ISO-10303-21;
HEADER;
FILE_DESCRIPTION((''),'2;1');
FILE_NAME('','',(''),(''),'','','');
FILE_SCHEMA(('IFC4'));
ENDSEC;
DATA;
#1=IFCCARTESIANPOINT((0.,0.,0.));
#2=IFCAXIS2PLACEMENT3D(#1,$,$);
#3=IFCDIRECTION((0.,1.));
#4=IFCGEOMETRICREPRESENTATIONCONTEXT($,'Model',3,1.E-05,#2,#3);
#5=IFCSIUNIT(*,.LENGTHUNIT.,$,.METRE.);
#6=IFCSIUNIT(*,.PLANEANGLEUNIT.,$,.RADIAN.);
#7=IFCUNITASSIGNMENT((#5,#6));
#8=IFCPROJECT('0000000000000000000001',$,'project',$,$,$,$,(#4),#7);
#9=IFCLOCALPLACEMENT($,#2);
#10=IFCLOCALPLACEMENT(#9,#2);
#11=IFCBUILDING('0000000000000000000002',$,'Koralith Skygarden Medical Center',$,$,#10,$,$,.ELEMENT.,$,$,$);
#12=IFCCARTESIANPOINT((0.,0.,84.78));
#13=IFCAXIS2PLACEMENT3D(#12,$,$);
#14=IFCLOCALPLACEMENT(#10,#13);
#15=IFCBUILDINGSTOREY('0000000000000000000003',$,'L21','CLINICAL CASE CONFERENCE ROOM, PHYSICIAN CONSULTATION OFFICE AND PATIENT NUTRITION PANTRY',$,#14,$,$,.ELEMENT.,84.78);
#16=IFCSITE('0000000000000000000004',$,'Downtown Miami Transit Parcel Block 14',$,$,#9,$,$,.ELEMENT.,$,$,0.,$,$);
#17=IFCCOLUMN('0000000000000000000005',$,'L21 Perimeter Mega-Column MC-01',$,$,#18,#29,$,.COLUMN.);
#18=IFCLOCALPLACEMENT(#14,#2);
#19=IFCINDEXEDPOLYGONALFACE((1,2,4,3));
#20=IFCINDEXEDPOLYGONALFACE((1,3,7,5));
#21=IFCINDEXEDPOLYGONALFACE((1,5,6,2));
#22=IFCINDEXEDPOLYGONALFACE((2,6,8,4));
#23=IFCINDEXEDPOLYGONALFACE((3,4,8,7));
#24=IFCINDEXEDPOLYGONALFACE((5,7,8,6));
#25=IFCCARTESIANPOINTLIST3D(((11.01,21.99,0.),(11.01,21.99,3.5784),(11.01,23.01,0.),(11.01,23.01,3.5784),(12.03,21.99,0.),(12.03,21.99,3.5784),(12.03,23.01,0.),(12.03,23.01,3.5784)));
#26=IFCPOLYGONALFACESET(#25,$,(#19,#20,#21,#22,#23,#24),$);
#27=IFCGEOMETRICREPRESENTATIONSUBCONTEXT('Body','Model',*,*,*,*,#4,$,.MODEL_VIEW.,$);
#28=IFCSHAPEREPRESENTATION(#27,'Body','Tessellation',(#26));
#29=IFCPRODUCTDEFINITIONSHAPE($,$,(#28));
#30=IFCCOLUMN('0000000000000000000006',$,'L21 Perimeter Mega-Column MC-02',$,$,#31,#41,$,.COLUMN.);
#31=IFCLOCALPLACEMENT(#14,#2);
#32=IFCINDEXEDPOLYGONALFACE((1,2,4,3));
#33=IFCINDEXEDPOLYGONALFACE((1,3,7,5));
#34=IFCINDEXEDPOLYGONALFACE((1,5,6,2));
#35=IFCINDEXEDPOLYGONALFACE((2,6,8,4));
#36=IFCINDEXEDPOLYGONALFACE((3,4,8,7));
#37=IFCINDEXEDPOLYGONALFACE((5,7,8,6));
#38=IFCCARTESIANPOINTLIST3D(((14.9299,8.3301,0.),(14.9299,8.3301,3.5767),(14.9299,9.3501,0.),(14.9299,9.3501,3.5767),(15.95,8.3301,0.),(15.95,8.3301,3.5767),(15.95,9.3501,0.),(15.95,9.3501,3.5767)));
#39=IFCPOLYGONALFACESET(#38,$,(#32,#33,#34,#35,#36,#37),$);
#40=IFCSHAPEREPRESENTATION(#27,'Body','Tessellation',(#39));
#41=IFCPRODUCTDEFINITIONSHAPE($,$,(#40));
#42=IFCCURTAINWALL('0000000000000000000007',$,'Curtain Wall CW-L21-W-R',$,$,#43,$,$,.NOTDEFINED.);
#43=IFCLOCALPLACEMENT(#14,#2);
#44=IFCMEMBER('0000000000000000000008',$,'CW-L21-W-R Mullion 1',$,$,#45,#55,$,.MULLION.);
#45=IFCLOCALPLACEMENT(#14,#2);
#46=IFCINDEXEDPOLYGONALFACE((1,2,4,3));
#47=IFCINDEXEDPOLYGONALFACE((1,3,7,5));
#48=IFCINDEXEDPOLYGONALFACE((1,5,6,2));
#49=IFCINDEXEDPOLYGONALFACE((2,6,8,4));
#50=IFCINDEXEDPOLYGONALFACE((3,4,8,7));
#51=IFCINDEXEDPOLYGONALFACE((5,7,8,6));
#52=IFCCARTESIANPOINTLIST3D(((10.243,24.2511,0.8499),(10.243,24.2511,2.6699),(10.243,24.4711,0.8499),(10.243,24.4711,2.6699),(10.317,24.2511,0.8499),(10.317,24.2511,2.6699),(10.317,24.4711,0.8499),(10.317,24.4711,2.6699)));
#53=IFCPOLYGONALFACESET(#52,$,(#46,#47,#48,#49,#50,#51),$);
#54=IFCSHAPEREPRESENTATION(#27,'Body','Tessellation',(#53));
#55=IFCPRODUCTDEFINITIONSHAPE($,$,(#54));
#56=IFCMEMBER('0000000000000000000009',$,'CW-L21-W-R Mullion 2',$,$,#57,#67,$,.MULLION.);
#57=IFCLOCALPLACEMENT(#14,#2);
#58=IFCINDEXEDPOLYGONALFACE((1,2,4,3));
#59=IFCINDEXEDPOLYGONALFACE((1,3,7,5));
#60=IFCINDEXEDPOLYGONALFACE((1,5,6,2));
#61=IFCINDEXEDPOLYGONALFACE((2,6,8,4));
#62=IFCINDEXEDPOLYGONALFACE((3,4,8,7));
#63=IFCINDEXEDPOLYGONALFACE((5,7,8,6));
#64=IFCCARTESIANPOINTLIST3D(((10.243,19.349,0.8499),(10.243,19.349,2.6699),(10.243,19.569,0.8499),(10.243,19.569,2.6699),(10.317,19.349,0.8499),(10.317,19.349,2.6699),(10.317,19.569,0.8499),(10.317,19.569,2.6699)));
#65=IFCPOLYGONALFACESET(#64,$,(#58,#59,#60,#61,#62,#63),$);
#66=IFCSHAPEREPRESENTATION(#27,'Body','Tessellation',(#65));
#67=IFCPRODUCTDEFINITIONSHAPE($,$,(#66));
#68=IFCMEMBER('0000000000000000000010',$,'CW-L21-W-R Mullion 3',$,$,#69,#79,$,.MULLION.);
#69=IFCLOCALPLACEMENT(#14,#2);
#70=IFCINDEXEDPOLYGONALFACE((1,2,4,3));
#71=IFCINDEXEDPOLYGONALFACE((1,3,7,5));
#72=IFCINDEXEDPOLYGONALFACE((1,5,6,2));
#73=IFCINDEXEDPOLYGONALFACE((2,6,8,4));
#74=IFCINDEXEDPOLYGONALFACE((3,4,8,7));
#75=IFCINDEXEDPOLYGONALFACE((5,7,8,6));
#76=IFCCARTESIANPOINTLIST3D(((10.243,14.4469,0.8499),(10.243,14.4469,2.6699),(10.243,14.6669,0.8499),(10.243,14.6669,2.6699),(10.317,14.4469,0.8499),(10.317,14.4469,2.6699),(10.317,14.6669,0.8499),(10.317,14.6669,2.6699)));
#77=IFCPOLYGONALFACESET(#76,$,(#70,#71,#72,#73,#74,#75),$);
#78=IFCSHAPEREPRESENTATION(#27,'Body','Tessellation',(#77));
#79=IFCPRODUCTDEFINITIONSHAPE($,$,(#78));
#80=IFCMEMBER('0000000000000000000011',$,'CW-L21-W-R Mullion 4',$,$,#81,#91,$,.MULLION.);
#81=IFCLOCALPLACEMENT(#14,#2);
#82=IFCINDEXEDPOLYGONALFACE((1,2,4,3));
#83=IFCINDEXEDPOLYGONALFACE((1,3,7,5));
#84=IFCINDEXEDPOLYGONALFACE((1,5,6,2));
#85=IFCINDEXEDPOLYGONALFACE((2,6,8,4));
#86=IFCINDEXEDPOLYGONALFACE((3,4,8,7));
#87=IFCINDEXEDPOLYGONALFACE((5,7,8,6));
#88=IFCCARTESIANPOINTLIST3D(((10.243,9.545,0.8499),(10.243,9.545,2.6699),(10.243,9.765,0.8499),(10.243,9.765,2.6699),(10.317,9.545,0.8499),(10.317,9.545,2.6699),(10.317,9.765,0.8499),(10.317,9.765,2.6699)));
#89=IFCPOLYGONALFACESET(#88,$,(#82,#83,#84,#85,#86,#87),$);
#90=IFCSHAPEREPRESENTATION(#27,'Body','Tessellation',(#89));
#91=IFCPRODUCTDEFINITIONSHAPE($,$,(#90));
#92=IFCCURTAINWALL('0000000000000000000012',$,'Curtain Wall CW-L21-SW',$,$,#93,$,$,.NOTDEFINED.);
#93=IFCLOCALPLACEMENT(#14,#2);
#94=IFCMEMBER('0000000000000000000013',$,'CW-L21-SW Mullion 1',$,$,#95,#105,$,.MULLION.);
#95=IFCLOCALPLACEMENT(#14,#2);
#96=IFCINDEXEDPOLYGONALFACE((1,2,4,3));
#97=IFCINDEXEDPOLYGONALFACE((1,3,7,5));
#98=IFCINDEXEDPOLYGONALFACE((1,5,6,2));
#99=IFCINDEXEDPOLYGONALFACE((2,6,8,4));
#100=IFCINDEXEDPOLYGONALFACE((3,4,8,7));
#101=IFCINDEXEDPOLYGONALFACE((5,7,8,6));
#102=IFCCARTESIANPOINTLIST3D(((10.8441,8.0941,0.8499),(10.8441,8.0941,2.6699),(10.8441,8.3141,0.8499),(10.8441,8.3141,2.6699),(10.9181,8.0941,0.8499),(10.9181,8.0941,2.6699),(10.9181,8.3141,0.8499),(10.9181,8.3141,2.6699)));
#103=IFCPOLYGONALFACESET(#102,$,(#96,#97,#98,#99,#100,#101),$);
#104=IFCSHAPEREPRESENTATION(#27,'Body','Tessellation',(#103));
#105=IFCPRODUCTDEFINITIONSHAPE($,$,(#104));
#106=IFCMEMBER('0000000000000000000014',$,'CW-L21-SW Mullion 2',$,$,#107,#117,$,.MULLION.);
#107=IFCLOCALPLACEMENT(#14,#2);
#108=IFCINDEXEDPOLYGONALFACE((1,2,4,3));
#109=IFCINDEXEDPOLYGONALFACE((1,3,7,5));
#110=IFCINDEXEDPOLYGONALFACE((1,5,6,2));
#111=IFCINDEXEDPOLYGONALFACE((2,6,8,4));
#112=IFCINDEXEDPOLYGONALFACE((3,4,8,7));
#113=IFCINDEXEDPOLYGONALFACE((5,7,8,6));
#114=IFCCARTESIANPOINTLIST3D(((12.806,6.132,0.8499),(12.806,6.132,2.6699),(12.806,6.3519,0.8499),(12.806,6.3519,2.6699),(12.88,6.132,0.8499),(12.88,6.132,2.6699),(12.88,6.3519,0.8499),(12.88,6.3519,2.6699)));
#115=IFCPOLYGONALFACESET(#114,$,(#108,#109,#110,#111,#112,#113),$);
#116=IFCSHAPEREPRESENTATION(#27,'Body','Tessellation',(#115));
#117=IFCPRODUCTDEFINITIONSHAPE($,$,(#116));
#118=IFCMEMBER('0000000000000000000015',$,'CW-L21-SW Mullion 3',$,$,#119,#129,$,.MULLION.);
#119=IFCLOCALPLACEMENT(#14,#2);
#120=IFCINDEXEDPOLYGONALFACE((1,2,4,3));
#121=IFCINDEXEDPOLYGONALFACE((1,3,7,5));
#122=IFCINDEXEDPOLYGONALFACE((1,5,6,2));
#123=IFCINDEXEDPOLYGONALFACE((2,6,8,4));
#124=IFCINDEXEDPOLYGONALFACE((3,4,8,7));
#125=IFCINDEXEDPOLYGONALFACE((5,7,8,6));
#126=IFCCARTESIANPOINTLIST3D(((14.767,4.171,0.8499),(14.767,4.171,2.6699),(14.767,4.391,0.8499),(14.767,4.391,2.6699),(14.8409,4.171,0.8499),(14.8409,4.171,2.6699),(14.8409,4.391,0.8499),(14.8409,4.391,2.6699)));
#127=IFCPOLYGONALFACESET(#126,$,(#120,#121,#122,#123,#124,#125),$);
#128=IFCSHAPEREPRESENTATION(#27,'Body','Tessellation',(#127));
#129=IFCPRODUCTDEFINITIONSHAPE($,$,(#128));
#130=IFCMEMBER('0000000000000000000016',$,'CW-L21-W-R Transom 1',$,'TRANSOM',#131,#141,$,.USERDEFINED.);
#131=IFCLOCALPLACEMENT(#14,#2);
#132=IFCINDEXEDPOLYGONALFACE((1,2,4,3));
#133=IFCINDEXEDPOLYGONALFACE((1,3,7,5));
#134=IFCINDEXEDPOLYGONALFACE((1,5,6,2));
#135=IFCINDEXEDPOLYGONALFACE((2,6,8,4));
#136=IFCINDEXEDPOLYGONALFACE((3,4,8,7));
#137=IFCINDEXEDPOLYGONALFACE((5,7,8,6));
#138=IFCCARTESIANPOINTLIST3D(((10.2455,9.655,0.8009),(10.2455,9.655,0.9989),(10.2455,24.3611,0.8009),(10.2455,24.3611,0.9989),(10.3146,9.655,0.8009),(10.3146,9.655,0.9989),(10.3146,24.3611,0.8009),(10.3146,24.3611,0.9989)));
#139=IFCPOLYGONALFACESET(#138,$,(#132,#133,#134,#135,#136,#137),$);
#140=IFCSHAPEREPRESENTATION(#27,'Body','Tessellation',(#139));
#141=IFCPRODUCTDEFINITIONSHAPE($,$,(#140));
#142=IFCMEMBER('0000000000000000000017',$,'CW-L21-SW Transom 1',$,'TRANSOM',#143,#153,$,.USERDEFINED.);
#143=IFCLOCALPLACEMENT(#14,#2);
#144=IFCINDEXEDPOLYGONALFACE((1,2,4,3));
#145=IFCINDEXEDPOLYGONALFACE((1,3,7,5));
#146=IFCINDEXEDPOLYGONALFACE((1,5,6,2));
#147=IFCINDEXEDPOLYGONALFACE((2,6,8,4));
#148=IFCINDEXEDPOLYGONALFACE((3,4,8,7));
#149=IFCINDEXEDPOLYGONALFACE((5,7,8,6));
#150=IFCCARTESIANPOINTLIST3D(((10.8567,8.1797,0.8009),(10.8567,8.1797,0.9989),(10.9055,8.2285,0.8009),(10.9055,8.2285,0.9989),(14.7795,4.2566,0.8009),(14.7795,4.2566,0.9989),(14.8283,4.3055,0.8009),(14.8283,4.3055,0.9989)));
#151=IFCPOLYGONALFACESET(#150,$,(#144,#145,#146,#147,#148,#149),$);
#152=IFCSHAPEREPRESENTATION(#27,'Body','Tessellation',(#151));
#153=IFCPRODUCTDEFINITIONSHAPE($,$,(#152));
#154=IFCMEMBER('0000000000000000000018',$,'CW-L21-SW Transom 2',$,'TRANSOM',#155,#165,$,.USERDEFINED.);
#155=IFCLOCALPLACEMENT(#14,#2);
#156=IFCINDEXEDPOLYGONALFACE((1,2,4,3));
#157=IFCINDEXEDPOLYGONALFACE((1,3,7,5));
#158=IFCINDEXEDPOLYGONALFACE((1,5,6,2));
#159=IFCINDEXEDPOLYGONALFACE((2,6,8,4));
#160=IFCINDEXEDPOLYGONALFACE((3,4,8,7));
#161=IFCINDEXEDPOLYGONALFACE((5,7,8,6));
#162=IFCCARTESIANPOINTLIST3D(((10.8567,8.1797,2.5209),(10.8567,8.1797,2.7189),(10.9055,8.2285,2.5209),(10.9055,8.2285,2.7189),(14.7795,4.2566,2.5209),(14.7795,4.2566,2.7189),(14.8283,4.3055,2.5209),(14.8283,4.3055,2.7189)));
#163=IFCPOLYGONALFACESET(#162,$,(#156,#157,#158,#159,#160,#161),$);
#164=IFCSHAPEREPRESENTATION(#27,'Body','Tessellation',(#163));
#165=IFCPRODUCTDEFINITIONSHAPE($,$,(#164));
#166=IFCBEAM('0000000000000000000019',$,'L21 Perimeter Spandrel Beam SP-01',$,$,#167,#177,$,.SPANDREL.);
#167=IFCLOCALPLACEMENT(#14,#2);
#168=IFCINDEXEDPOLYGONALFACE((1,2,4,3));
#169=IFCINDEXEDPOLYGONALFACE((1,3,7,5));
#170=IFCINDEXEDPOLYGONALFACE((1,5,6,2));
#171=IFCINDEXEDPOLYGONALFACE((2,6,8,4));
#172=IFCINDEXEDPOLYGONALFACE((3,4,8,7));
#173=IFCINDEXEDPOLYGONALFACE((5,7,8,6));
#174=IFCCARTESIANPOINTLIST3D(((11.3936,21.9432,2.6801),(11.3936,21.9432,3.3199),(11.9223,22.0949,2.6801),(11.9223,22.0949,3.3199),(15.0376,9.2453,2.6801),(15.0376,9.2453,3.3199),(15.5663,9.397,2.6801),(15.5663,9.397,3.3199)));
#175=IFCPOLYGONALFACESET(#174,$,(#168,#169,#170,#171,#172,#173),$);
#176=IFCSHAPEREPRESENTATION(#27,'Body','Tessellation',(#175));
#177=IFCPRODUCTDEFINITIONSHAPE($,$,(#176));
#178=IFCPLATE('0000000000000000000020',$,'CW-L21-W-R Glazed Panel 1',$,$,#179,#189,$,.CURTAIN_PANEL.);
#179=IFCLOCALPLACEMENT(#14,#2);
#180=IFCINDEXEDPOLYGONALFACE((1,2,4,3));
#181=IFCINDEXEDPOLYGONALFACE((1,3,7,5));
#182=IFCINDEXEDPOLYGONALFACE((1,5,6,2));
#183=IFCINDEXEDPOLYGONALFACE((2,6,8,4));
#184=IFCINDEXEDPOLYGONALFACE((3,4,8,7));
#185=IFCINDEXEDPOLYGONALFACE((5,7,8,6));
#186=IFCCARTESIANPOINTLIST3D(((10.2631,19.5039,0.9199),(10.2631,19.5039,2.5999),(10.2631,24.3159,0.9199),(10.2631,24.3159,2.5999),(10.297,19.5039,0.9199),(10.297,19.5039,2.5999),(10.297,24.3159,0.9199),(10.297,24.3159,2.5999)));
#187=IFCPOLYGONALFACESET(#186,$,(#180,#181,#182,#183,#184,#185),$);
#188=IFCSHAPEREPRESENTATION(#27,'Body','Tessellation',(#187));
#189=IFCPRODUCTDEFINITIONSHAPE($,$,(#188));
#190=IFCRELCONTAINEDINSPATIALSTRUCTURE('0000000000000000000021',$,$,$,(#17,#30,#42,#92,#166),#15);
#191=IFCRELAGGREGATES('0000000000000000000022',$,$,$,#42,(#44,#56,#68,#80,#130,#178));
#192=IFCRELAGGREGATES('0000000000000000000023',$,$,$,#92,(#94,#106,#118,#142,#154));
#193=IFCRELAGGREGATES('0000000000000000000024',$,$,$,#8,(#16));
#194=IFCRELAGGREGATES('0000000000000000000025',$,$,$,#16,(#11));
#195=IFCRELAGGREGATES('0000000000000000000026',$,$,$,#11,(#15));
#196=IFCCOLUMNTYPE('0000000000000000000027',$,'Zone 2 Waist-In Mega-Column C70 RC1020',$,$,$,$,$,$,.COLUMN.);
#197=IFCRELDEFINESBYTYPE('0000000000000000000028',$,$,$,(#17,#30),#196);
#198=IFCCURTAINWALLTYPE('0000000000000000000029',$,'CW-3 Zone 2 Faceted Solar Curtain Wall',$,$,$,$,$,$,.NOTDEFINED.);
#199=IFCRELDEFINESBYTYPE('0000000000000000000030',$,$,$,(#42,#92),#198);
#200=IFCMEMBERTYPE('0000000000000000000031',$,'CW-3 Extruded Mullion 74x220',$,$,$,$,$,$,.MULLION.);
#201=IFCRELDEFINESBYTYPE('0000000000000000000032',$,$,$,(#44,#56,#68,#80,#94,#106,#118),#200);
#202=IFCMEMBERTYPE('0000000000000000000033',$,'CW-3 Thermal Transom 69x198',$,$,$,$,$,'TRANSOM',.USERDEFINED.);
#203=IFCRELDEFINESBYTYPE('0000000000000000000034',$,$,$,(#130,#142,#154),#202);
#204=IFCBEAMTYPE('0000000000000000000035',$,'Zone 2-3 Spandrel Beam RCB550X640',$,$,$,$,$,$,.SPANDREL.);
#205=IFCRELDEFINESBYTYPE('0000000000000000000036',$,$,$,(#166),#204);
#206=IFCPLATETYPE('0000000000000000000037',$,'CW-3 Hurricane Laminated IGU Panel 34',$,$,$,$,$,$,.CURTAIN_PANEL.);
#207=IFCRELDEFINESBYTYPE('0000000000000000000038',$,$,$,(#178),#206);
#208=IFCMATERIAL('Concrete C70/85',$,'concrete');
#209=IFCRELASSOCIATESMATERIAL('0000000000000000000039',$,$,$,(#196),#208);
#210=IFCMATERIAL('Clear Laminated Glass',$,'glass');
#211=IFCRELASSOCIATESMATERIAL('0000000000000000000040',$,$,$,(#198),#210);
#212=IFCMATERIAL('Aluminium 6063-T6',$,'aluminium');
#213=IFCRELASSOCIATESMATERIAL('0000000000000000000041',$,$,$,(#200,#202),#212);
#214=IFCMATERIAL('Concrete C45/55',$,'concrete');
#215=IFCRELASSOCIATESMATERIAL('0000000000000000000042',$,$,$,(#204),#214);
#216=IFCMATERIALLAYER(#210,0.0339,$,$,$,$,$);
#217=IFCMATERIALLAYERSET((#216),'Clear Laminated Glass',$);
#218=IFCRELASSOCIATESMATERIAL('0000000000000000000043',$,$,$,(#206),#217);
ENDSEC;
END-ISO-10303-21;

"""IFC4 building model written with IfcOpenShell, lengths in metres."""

from ifc_helpers import new_model, si_unit, direction, frame, origin, origin_2d, place, context, subcontext, project, spatial, rectangle, extrude, material, layer, layer_set, material_profile, profile_set, type_object, element, aggregate, save


model = new_model("IFC4")

# Units and contexts
model_context = context("Model", 3, precision=1e-05, world=origin(), true_north=direction((0.0, 1.0)))
body_context = subcontext(model_context, "Body", "Model", "MODEL_VIEW")
ifc_project = project(units=[si_unit("LENGTHUNIT", "METRE"), si_unit("PLANEANGLEUNIT", "RADIAN")], contexts=[model_context])

# Site, building, storey
site_placement = place(None, origin())
site = spatial("IfcSite", under=ifc_project, at=site_placement, Name="Downtown Miami Transit Parcel Block 14", CompositionType="ELEMENT", RefElevation=0.0)
building_placement = place(site_placement, origin())
building = spatial("IfcBuilding", under=site, at=building_placement, Name="Koralith Skygarden Medical Center", CompositionType="ELEMENT")
storey_placement = place(building_placement, frame((0.0, 0.0, 84.78)))
storey = spatial("IfcBuildingStorey", under=building, at=storey_placement, Name="L21", Description="CLINICAL CASE CONFERENCE ROOM, PHYSICIAN CONSULTATION OFFICE AND PATIENT NUTRITION PANTRY", CompositionType="ELEMENT", Elevation=84.78)

# Columns
ifc_material_1 = material(Name="Concrete C70/85", Category="concrete")
ifc_material_profile_1 = material_profile(ifc_material_1, rectangle(XDim=1.02, YDim=1.02, at=origin_2d()), Name="RC1020X1020")
ifc_profile_set_1 = profile_set([ifc_material_profile_1], Name="Concrete C70/85")
column_type = type_object("IfcColumnType", Name="Zone 2 Waist-In Mega-Column C70 RC1020", PredefinedType="COLUMN", material=ifc_profile_set_1)
column_1_placement = place(storey_placement, frame((11.52, 22.5, 0.0), z_axis=(0.0, 0.0, 1.0), x_axis=(1.0, 0.0, 0.0)))
element("IfcColumn", 1, at=column_1_placement, inside=storey, type_object=column_type, Name="L21 Perimeter Mega-Column MC-01", PredefinedType="COLUMN", context=body_context, shape_type="SweptSolid", body=[
    extrude(rectangle(XDim=1.02, YDim=1.02, at=origin_2d()), origin(), (0.0, 0.0, 1.0), 3.5784),
])
column_2_placement = place(storey_placement, frame((15.4399, 8.8401, 0.0), z_axis=(0.0, 0.0, 1.0), x_axis=(1.0, 0.0, 0.0)))
element("IfcColumn", 2, at=column_2_placement, inside=storey, type_object=column_type, Name="L21 Perimeter Mega-Column MC-02", PredefinedType="COLUMN", context=body_context, shape_type="SweptSolid", body=[
    extrude(rectangle(XDim=1.02, YDim=1.02, at=origin_2d()), origin(), (0.0, 0.0, 1.0), 3.5767),
])

# Curtain walls, members
ifc_material_2 = material(Name="Clear Laminated Glass", Category="glass")
curtain_wall_type = type_object("IfcCurtainWallType", Name="CW-3 Zone 2 Faceted Solar Curtain Wall", PredefinedType="NOTDEFINED", material=ifc_material_2)
curtain_wall_1_placement = place(storey_placement, origin())
curtain_wall_1 = element("IfcCurtainWall", 3, at=curtain_wall_1_placement, inside=storey, type_object=curtain_wall_type, Name="Curtain Wall CW-L21-W-R", PredefinedType="NOTDEFINED")
ifc_material_3 = material(Name="Aluminium 6063-T6", Category="aluminium")
ifc_material_profile_2 = material_profile(ifc_material_3, rectangle(XDim=0.074, YDim=0.22, at=origin_2d()), Name="MUL74X220")
ifc_profile_set_2 = profile_set([ifc_material_profile_2], Name="Aluminium 6063-T6")
member_type_1 = type_object("IfcMemberType", Name="CW-3 Extruded Mullion 74x220", PredefinedType="MULLION", material=ifc_profile_set_2)
member_1_placement = place(storey_placement, frame((10.28, 24.3611, 0.8499), z_axis=(0.0, 0.0, 1.0), x_axis=(1.0, 0.0, 0.0)))
member_1 = element("IfcMember", 4, at=member_1_placement, type_object=member_type_1, Name="CW-L21-W-R Mullion 1", PredefinedType="MULLION", context=body_context, shape_type="SweptSolid", body=[
    extrude(rectangle(XDim=0.074, YDim=0.22, at=origin_2d()), origin(), (0.0, 0.0, 1.0), 1.8201),
])
member_2_placement = place(storey_placement, frame((10.28, 19.459, 0.8499), z_axis=(0.0, 0.0, 1.0), x_axis=(1.0, 0.0, 0.0)))
member_2 = element("IfcMember", 5, at=member_2_placement, type_object=member_type_1, Name="CW-L21-W-R Mullion 2", PredefinedType="MULLION", context=body_context, shape_type="SweptSolid", body=[
    extrude(rectangle(XDim=0.074, YDim=0.22, at=origin_2d()), origin(), (0.0, 0.0, 1.0), 1.8201),
])
member_3_placement = place(storey_placement, frame((10.28, 14.5569, 0.8499), z_axis=(0.0, 0.0, 1.0), x_axis=(1.0, 0.0, 0.0)))
member_3 = element("IfcMember", 6, at=member_3_placement, type_object=member_type_1, Name="CW-L21-W-R Mullion 3", PredefinedType="MULLION", context=body_context, shape_type="SweptSolid", body=[
    extrude(rectangle(XDim=0.074, YDim=0.22, at=origin_2d()), origin(), (0.0, 0.0, 1.0), 1.8201),
])
member_4_placement = place(storey_placement, frame((10.28, 9.655, 0.8499), z_axis=(0.0, 0.0, 1.0), x_axis=(1.0, 0.0, 0.0)))
member_4 = element("IfcMember", 7, at=member_4_placement, type_object=member_type_1, Name="CW-L21-W-R Mullion 4", PredefinedType="MULLION", context=body_context, shape_type="SweptSolid", body=[
    extrude(rectangle(XDim=0.074, YDim=0.22, at=origin_2d()), origin(), (0.0, 0.0, 1.0), 1.8201),
])
curtain_wall_2_placement = place(storey_placement, origin())
curtain_wall_2 = element("IfcCurtainWall", 8, at=curtain_wall_2_placement, inside=storey, type_object=curtain_wall_type, Name="Curtain Wall CW-L21-SW", PredefinedType="NOTDEFINED")
member_5_placement = place(storey_placement, frame((10.8811, 8.2041, 0.8499), z_axis=(0.0, 0.0, 1.0), x_axis=(1.0, 0.0, 0.0)))
member_5 = element("IfcMember", 9, at=member_5_placement, type_object=member_type_1, Name="CW-L21-SW Mullion 1", PredefinedType="MULLION", context=body_context, shape_type="SweptSolid", body=[
    extrude(rectangle(XDim=0.074, YDim=0.22, at=origin_2d()), origin(), (0.0, 0.0, 1.0), 1.8201),
])
member_6_placement = place(storey_placement, frame((12.843, 6.2419, 0.8499), z_axis=(0.0, 0.0, 1.0), x_axis=(1.0, 0.0, 0.0)))
member_6 = element("IfcMember", 10, at=member_6_placement, type_object=member_type_1, Name="CW-L21-SW Mullion 2", PredefinedType="MULLION", context=body_context, shape_type="SweptSolid", body=[
    extrude(rectangle(XDim=0.074, YDim=0.22, at=origin_2d()), origin(), (0.0, 0.0, 1.0), 1.8201),
])
member_7_placement = place(storey_placement, frame((14.804, 4.281, 0.8499), z_axis=(0.0, 0.0, 1.0), x_axis=(1.0, 0.0, 0.0)))
member_7 = element("IfcMember", 11, at=member_7_placement, type_object=member_type_1, Name="CW-L21-SW Mullion 3", PredefinedType="MULLION", context=body_context, shape_type="SweptSolid", body=[
    extrude(rectangle(XDim=0.074, YDim=0.22, at=origin_2d()), origin(), (0.0, 0.0, 1.0), 1.8201),
])

# Members
ifc_material_profile_3 = material_profile(ifc_material_3, rectangle(XDim=0.0691, YDim=0.198, at=origin_2d()), Name="TRN69X198")
ifc_profile_set_3 = profile_set([ifc_material_profile_3], Name="Aluminium 6063-T6")
member_type_2 = type_object("IfcMemberType", Name="CW-3 Thermal Transom 69x198", ElementType="TRANSOM", PredefinedType="USERDEFINED", material=ifc_profile_set_3)
member_8_placement = place(storey_placement, frame((10.28, 24.3611, 0.8999), z_axis=(0.0, -1.0, 0.0), x_axis=(1.0, 0.0, 0.0)))
member_8 = element("IfcMember", 12, at=member_8_placement, type_object=member_type_2, Name="CW-L21-W-R Transom 1", ObjectType="TRANSOM", PredefinedType="USERDEFINED", context=body_context, shape_type="SweptSolid", body=[
    extrude(rectangle(XDim=0.0691, YDim=0.198, at=origin_2d()), origin(), (0.0, 0.0, 1.0), 14.7061),
])
member_9_placement = place(storey_placement, frame((10.8811, 8.2041, 0.8999), z_axis=(0.707085, -0.707129, 0.0), x_axis=(0.707129, 0.707085, 0.0)))
member_9 = element("IfcMember", 13, at=member_9_placement, type_object=member_type_2, Name="CW-L21-SW Transom 1", ObjectType="TRANSOM", PredefinedType="USERDEFINED", context=body_context, shape_type="SweptSolid", body=[
    extrude(rectangle(XDim=0.0691, YDim=0.198, at=origin_2d()), origin(), (0.0, 0.0, 1.0), 5.5479),
])
member_10_placement = place(storey_placement, frame((10.8811, 8.2041, 2.6199), z_axis=(0.707085, -0.707129, 0.0), x_axis=(0.707129, 0.707085, 0.0)))
member_10 = element("IfcMember", 14, at=member_10_placement, type_object=member_type_2, Name="CW-L21-SW Transom 2", ObjectType="TRANSOM", PredefinedType="USERDEFINED", context=body_context, shape_type="SweptSolid", body=[
    extrude(rectangle(XDim=0.0691, YDim=0.198, at=origin_2d()), origin(), (0.0, 0.0, 1.0), 5.5479),
])

# Beam
ifc_material_4 = material(Name="Concrete C45/55", Category="concrete")
ifc_material_profile_4 = material_profile(ifc_material_4, rectangle(XDim=0.55, YDim=0.6399, at=origin_2d()), Name="RCB550X640")
ifc_profile_set_4 = profile_set([ifc_material_profile_4], Name="Concrete C45/55")
beam_type = type_object("IfcBeamType", Name="Zone 2-3 Spandrel Beam RCB550X640", PredefinedType="SPANDREL", material=ifc_profile_set_4)
beam_placement = place(storey_placement, frame((11.658, 22.019, 3.0), z_axis=(0.275844, -0.961202, 0.0), x_axis=(0.961202, 0.275844, 0.0)))
element("IfcBeam", 15, at=beam_placement, inside=storey, type_object=beam_type, Name="L21 Perimeter Spandrel Beam SP-01", PredefinedType="SPANDREL", context=body_context, shape_type="SweptSolid", body=[
    extrude(rectangle(XDim=0.55, YDim=0.6399, at=origin_2d()), origin(), (0.0, 0.0, 1.0), 13.2104),
])

# Plate
ifc_layer_1 = layer(ifc_material_2, 0.0339)
ifc_layer_set_1 = layer_set([ifc_layer_1], Name="Clear Laminated Glass")
plate_type_1 = type_object("IfcPlateType", Name="CW-3 Hurricane Laminated IGU Panel 34", PredefinedType="CURTAIN_PANEL", material=ifc_layer_set_1)
plate_1_placement = place(storey_placement, frame((10.28, 21.9099, 0.9199), z_axis=(0.0, 0.0, 1.0), x_axis=(0.0, -1.0, 0.0)))
plate_1 = element("IfcPlate", 16, at=plate_1_placement, type_object=plate_type_1, Name="CW-L21-W-R Glazed Panel 1", PredefinedType="CURTAIN_PANEL", context=body_context, shape_type="SweptSolid", body=[
    extrude(rectangle(XDim=4.812, YDim=0.0339, at=origin_2d()), origin(), (0.0, 0.0, 1.0), 1.6799),
])
aggregate(curtain_wall_1, [member_1, member_2, member_3, member_4, member_8, plate_1])
aggregate(curtain_wall_2, [member_5, member_6, member_7, member_9, member_10])

save(model, "model.ifc")
